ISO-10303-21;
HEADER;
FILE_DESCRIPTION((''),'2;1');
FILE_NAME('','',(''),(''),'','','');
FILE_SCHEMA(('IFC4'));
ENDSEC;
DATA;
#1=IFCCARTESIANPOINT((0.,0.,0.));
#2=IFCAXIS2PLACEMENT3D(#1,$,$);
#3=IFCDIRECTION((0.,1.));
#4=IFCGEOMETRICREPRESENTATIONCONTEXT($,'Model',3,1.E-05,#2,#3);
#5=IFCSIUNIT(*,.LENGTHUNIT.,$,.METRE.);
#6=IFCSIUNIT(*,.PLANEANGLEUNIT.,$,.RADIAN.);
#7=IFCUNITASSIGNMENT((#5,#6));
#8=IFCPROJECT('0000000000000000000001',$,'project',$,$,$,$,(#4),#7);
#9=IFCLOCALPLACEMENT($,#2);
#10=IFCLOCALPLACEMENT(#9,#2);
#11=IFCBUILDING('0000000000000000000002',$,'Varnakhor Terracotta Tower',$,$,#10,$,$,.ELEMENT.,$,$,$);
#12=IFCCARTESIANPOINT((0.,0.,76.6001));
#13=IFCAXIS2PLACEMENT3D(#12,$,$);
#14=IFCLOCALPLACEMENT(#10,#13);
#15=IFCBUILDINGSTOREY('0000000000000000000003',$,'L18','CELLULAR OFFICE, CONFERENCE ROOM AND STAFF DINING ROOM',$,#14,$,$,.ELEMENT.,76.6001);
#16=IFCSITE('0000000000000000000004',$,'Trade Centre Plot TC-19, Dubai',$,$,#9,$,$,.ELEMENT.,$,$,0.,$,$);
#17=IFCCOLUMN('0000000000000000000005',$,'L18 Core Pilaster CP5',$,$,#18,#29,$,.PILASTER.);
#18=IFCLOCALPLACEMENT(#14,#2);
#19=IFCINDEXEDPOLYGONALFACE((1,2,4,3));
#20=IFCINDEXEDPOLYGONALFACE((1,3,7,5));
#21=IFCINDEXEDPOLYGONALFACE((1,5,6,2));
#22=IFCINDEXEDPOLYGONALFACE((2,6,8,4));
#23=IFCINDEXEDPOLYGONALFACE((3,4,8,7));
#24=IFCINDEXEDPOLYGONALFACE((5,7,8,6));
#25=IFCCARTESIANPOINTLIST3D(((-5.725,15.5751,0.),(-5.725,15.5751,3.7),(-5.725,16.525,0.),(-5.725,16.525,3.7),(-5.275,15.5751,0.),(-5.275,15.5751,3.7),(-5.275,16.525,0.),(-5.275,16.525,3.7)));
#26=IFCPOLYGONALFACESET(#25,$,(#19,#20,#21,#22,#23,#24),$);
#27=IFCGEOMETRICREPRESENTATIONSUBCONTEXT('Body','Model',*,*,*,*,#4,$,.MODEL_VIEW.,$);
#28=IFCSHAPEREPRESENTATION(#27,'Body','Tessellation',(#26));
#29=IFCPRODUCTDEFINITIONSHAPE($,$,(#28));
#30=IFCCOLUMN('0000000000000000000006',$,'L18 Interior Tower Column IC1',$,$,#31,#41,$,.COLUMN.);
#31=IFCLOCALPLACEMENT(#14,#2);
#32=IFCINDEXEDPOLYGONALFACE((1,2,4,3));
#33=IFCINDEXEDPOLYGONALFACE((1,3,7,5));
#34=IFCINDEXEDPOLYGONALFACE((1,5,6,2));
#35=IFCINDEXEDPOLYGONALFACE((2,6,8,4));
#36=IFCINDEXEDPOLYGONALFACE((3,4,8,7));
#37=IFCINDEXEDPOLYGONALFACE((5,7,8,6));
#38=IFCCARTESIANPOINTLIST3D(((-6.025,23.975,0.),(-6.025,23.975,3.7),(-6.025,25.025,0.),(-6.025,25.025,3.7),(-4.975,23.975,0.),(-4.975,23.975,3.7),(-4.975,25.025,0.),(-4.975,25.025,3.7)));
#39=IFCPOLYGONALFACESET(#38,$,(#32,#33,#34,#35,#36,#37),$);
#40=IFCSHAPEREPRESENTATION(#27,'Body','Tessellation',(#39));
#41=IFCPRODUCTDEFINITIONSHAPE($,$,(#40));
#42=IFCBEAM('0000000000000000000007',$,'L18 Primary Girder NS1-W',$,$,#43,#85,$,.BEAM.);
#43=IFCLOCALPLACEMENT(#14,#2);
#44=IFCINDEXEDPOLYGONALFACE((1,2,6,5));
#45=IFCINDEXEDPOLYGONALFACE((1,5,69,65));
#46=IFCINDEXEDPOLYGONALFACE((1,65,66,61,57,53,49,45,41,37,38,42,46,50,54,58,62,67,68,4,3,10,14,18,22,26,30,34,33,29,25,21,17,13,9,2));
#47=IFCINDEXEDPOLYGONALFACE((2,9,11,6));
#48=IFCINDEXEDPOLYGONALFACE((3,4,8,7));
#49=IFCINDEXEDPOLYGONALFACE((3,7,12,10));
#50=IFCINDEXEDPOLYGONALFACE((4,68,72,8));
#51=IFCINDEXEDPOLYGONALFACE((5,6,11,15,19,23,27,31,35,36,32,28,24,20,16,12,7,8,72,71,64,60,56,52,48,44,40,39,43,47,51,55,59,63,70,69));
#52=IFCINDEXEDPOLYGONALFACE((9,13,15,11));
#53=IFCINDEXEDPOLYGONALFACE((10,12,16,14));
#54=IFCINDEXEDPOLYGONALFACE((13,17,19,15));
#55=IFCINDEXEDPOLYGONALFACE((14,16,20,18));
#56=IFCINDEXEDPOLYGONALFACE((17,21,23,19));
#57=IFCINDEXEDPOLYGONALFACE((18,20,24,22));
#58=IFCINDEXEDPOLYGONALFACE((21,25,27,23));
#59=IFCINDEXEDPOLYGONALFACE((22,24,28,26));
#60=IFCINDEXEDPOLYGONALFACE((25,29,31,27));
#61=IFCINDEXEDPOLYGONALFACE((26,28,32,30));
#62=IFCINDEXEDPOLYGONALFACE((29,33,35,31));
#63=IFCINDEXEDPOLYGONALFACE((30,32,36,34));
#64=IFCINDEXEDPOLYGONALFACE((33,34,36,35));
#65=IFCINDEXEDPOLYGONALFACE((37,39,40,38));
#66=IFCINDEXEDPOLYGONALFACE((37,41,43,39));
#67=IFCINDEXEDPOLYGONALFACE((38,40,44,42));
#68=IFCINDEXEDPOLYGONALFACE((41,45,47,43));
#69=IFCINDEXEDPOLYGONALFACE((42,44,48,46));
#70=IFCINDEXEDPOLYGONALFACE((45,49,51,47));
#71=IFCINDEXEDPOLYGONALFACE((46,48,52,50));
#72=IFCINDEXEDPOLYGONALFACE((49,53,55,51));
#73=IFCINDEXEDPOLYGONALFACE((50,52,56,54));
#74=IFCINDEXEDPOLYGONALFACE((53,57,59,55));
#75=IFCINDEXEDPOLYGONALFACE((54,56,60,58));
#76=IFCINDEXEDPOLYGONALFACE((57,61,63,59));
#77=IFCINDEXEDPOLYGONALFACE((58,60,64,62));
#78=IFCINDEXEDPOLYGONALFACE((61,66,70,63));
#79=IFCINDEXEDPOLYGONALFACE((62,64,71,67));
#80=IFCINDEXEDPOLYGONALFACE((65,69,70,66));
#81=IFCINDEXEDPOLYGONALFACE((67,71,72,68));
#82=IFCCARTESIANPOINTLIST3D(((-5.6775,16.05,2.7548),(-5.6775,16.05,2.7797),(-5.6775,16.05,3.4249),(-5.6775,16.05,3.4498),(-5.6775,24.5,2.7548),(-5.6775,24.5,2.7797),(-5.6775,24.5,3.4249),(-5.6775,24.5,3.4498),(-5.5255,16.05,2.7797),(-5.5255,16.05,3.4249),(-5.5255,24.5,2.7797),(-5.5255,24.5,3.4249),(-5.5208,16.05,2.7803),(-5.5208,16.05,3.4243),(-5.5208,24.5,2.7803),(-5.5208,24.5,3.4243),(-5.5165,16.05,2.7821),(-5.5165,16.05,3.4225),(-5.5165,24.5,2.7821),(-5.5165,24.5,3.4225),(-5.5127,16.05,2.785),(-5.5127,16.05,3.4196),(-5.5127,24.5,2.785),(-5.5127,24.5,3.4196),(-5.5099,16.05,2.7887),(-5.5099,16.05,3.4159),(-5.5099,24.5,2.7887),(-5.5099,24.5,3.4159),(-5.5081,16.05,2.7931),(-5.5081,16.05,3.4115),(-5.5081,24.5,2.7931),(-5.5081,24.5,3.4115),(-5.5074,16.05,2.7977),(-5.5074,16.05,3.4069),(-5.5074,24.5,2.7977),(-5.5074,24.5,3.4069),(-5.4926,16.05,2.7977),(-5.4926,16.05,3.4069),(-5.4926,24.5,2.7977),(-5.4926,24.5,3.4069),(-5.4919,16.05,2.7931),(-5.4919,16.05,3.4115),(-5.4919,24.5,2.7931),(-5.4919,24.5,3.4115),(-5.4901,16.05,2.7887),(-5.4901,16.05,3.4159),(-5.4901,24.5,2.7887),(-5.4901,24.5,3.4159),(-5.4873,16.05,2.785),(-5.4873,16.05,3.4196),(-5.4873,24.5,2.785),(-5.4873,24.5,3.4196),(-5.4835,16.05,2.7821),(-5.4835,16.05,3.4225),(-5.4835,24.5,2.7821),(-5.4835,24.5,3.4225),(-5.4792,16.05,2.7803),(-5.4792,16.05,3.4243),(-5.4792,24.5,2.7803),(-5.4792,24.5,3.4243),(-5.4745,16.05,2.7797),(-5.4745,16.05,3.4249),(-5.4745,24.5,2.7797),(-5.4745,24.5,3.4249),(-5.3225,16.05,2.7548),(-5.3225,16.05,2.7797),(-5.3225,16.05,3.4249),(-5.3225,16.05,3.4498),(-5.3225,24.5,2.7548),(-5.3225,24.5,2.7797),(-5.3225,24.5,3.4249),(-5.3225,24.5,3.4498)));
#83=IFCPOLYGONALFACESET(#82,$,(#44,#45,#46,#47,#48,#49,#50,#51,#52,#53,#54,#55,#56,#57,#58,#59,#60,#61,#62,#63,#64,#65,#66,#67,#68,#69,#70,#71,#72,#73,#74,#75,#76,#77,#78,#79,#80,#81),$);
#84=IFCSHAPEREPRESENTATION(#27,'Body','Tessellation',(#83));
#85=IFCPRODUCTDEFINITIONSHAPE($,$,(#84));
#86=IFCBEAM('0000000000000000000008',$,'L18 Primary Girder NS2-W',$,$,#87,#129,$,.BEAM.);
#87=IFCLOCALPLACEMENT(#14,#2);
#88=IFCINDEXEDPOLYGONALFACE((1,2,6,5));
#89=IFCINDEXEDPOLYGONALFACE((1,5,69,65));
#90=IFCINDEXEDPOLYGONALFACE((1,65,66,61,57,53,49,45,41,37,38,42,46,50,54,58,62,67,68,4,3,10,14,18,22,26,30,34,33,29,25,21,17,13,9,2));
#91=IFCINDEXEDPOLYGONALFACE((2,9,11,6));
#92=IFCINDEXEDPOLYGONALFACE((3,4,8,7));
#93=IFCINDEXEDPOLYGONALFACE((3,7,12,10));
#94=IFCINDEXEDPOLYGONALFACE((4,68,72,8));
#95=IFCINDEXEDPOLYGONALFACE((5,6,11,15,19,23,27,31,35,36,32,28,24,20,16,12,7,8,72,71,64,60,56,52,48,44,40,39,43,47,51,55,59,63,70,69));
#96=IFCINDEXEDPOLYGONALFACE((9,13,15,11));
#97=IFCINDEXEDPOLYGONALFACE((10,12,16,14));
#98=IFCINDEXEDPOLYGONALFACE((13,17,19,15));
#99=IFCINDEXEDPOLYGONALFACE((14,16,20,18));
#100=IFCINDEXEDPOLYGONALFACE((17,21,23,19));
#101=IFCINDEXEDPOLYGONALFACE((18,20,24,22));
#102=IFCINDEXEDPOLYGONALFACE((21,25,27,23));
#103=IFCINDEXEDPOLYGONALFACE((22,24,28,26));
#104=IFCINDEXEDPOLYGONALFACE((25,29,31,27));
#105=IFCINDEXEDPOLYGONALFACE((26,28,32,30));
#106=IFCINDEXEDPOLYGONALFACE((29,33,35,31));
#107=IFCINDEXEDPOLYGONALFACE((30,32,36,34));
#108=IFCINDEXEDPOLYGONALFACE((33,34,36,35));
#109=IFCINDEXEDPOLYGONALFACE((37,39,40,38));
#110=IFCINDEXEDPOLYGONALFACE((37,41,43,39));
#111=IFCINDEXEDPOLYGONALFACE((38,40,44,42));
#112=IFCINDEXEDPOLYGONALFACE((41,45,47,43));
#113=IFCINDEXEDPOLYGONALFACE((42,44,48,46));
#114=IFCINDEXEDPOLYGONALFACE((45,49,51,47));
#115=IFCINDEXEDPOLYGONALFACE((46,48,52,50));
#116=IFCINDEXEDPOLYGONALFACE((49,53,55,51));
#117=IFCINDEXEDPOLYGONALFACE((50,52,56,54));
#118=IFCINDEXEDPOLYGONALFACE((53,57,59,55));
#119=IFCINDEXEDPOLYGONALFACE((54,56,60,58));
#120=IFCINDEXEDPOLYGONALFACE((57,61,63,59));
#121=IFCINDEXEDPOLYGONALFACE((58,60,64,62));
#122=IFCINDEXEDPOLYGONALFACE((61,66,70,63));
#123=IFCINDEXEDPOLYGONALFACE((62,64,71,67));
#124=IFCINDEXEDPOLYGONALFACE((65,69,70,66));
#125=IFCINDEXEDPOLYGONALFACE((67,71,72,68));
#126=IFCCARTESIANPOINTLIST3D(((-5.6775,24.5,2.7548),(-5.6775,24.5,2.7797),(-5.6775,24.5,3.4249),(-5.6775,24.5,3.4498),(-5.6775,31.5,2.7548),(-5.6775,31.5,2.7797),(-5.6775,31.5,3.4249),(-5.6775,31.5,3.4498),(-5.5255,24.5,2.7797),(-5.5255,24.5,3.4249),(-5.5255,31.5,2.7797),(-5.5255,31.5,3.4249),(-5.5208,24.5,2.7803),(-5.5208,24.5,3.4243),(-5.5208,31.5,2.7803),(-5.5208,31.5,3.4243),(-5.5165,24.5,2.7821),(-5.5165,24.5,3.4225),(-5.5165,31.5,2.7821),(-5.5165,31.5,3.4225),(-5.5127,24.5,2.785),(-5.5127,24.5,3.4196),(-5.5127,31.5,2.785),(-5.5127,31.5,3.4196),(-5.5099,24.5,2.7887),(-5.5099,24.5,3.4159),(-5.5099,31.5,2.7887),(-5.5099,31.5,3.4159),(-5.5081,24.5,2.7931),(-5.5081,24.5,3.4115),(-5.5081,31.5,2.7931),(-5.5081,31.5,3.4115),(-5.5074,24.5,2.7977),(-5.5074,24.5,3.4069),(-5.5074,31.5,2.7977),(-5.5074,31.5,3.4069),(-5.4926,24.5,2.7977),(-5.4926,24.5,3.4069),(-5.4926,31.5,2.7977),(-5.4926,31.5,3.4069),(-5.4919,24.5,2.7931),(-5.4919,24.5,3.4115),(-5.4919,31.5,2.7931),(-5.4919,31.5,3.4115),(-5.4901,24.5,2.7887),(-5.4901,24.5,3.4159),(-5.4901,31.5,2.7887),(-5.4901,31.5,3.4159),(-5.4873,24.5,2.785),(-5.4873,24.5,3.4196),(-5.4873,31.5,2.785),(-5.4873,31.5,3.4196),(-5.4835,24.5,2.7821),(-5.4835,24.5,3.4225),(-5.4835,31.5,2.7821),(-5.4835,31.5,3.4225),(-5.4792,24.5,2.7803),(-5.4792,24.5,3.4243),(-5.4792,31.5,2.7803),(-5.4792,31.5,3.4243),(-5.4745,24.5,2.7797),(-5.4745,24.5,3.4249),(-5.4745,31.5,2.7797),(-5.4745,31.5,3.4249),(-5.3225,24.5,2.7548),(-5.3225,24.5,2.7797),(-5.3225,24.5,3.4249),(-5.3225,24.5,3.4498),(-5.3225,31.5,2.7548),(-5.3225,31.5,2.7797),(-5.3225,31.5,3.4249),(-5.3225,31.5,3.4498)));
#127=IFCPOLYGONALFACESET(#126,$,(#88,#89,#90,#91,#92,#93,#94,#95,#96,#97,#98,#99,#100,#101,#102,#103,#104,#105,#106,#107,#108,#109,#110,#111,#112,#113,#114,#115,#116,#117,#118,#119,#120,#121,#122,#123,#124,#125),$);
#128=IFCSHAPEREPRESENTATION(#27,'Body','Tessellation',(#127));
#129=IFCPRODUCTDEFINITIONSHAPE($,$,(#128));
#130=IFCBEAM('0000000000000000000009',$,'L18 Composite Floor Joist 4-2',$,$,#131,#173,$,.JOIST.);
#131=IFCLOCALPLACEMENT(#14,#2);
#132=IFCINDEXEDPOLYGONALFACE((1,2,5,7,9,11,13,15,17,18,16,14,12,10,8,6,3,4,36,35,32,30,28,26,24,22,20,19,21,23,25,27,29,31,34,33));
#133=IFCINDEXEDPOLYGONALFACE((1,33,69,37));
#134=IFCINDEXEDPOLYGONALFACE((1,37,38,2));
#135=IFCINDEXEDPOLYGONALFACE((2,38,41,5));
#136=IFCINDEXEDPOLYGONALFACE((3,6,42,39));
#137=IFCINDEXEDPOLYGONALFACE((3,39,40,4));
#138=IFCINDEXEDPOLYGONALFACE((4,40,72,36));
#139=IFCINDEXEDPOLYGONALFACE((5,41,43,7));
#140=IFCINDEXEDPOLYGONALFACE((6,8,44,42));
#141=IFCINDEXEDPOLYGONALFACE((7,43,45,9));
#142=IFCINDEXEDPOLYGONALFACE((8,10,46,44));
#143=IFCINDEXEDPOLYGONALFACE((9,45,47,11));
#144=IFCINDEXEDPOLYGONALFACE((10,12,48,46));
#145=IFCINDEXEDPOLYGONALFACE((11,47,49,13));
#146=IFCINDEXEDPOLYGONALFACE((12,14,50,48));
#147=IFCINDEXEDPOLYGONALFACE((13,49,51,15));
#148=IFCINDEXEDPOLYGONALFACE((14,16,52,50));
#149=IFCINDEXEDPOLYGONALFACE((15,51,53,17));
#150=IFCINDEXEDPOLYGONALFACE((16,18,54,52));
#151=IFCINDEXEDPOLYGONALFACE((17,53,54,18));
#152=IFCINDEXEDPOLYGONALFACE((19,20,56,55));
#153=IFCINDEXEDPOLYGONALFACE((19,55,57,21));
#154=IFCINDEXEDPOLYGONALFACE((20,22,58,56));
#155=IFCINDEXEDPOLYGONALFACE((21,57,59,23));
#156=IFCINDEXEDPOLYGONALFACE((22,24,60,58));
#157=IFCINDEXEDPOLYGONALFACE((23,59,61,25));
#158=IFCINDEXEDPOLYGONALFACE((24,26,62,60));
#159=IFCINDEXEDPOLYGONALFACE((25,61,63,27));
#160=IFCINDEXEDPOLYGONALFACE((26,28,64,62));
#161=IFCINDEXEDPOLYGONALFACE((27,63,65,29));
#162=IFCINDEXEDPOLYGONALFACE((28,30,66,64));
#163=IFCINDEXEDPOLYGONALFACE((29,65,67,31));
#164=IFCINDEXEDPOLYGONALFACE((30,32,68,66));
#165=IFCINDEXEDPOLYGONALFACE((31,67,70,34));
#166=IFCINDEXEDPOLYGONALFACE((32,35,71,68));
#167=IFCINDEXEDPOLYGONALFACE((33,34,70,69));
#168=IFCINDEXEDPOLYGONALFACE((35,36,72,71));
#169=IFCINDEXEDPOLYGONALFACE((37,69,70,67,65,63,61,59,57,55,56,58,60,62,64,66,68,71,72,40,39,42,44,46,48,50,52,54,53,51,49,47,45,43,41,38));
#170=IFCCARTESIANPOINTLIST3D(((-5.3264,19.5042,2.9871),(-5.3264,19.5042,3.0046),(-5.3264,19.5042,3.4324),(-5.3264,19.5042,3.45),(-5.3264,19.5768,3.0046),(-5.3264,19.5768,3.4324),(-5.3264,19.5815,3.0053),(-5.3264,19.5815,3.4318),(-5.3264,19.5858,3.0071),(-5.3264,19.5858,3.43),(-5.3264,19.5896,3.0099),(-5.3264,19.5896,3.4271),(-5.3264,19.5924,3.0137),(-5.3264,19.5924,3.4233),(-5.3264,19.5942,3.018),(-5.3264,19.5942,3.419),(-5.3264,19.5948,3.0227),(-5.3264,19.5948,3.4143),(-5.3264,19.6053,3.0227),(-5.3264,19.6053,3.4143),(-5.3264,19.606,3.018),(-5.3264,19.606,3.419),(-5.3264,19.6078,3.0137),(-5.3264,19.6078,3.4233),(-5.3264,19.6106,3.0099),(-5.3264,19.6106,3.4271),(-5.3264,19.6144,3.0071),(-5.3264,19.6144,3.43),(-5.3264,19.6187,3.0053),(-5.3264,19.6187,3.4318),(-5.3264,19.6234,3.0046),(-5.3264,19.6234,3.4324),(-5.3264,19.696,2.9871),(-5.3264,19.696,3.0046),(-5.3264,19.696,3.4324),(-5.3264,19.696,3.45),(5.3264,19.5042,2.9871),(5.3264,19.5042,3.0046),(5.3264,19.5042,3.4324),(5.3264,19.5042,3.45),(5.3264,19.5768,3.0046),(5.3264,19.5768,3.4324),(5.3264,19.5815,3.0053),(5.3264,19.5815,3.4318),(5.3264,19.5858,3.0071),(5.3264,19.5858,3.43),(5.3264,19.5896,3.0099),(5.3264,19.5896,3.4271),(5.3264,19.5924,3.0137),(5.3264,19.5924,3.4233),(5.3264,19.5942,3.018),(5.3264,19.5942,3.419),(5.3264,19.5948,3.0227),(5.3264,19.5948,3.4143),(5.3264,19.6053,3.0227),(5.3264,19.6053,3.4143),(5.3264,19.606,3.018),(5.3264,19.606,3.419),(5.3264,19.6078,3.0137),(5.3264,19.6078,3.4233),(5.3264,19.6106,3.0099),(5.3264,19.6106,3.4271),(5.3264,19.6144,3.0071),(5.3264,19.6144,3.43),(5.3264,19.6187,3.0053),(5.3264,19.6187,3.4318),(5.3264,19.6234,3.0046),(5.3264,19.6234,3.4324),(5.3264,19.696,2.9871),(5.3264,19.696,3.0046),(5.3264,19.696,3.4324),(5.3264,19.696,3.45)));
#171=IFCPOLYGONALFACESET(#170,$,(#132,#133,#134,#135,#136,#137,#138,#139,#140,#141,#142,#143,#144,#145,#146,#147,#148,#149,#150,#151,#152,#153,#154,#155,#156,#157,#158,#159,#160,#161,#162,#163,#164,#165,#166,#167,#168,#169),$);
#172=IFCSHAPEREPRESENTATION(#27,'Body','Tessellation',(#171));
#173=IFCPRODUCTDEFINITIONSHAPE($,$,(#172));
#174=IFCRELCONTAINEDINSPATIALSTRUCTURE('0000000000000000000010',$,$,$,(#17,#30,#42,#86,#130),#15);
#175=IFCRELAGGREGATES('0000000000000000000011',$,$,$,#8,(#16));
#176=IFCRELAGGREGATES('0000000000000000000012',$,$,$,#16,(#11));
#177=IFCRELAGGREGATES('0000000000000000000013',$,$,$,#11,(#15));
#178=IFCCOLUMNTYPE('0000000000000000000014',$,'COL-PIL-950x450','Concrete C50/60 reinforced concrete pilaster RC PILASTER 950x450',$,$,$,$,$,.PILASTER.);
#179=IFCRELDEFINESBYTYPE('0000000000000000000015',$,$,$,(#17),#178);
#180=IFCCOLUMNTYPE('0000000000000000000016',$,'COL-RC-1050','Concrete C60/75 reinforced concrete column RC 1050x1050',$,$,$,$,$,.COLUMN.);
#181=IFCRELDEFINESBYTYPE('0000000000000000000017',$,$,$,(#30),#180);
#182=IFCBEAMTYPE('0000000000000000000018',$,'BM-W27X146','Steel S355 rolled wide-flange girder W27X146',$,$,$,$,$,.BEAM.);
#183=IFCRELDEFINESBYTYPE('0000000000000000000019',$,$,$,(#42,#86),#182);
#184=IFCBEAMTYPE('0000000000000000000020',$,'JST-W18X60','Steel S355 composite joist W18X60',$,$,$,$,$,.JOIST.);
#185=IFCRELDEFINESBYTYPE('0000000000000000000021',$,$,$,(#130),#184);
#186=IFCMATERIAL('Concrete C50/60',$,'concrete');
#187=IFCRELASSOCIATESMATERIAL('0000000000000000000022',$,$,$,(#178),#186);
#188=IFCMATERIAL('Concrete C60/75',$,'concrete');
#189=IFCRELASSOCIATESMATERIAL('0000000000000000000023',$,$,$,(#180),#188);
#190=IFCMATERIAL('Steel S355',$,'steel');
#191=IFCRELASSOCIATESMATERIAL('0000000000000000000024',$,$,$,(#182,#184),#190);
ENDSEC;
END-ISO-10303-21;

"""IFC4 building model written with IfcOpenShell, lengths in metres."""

from ifc_helpers import new_model, si_unit, direction, frame, origin, origin_2d, place, context, subcontext, project, spatial, rectangle, i_section, extrude, source, transform, mapped, material, material_profile, profile_set, type_object, type_shapes, element, save


model = new_model("IFC4")

# Units and contexts
model_context = context("Model", 3, precision=1e-05, world=origin(), true_north=direction((0.0, 1.0)))
body_context = subcontext(model_context, "Body", "Model", "MODEL_VIEW")
ifc_project = project(units=[si_unit("LENGTHUNIT", "METRE"), si_unit("PLANEANGLEUNIT", "RADIAN")], contexts=[model_context])

# Site, building, storey
site_placement = place(None, origin())
site = spatial("IfcSite", under=ifc_project, at=site_placement, Name="Trade Centre Plot TC-19, Dubai", CompositionType="ELEMENT", RefElevation=0.0)
building_placement = place(site_placement, origin())
building = spatial("IfcBuilding", under=site, at=building_placement, Name="Varnakhor Terracotta Tower", CompositionType="ELEMENT")
storey_placement = place(building_placement, frame((0.0, 0.0, 76.6001)))
storey = spatial("IfcBuildingStorey", under=building, at=storey_placement, Name="L18", Description="CELLULAR OFFICE, CONFERENCE ROOM AND STAFF DINING ROOM", CompositionType="ELEMENT", Elevation=76.6001)

# Columns
ifc_material_1 = material(Name="Concrete C50/60", Category="concrete")
ifc_material_profile_1 = material_profile(ifc_material_1, rectangle(XDim=0.45, YDim=0.95, at=origin_2d()), Name="RC PILASTER 950x450")
ifc_profile_set_1 = profile_set([ifc_material_profile_1], Name="Concrete C50/60")
column_type_1 = type_object("IfcColumnType", Name="COL-PIL-950x450", Description="Concrete C50/60 reinforced concrete pilaster RC PILASTER 950x450", PredefinedType="PILASTER", material=ifc_profile_set_1)
shared_shape_1 = source(origin(), body_context, "Body", "SweptSolid", [
    extrude(rectangle(XDim=0.45, YDim=0.95, at=origin_2d()), origin(), (0.0, 0.0, 1.0), 3.7),
])
column_1_placement = place(storey_placement, frame((-5.5, 16.05, 0.0), z_axis=(0.0, 0.0, 1.0), x_axis=(1.0, 0.0, 0.0)))
element("IfcColumn", 1, at=column_1_placement, inside=storey, type_object=column_type_1, Name="L18 Core Pilaster CP5", PredefinedType="PILASTER", context=body_context, shape_type="MappedRepresentation", body=[
    mapped(shared_shape_1, transform((0.0, 0.0, 0.0), scale=1.0)),
])
ifc_material_2 = material(Name="Concrete C60/75", Category="concrete")
ifc_material_profile_2 = material_profile(ifc_material_2, rectangle(XDim=1.05, YDim=1.05, at=origin_2d()), Name="RC 1050x1050")
ifc_profile_set_2 = profile_set([ifc_material_profile_2], Name="Concrete C60/75")
column_type_2 = type_object("IfcColumnType", Name="COL-RC-1050", Description="Concrete C60/75 reinforced concrete column RC 1050x1050", PredefinedType="COLUMN", material=ifc_profile_set_2)
shared_shape_2 = source(origin(), body_context, "Body", "SweptSolid", [
    extrude(rectangle(XDim=1.05, YDim=1.05, at=origin_2d()), origin(), (0.0, 0.0, 1.0), 3.7),
])
column_2_placement = place(storey_placement, frame((-5.5, 24.5, 0.0), z_axis=(0.0, 0.0, 1.0), x_axis=(1.0, 0.0, 0.0)))
element("IfcColumn", 2, at=column_2_placement, inside=storey, type_object=column_type_2, Name="L18 Interior Tower Column IC1", PredefinedType="COLUMN", context=body_context, shape_type="MappedRepresentation", body=[
    mapped(shared_shape_2, transform((0.0, 0.0, 0.0), scale=1.0)),
])

# Beams
ifc_material_3 = material(Name="Steel S355", Category="steel")
ifc_material_profile_3 = material_profile(ifc_material_3, i_section(OverallWidth=0.355, OverallDepth=0.6951, WebThickness=0.0149, FlangeThickness=0.0249, FilletRadius=0.0181, at=origin_2d()), Name="W27X146")
ifc_profile_set_3 = profile_set([ifc_material_profile_3], Name="Steel S355")
beam_type_1 = type_object("IfcBeamType", Name="BM-W27X146", Description="Steel S355 rolled wide-flange girder W27X146", PredefinedType="BEAM", material=ifc_profile_set_3)
shared_shape_3 = source(origin(), body_context, "Body", "SweptSolid", [
    extrude(i_section(OverallWidth=0.355, OverallDepth=0.6951, WebThickness=0.0149, FlangeThickness=0.0249, FilletRadius=0.0181, at=origin_2d()), origin(), (0.0, 0.0, 1.0), 8.45),
])
type_shapes(beam_type_1, [shared_shape_3])
beam_1_placement = place(storey_placement, frame((-5.5, 16.05, 3.1023), z_axis=(0.0, 1.0, 0.0), x_axis=(-1.0, 0.0, 0.0)))
element("IfcBeam", 3, at=beam_1_placement, inside=storey, type_object=beam_type_1, Name="L18 Primary Girder NS1-W", PredefinedType="BEAM", context=body_context, shape_type="MappedRepresentation", body=[
    mapped(shared_shape_3, transform((0.0, 0.0, 0.0), scale=1.0)),
])
shared_shape_4 = source(origin(), body_context, "Body", "SweptSolid", [
    extrude(i_section(OverallWidth=0.355, OverallDepth=0.6951, WebThickness=0.0149, FlangeThickness=0.0249, FilletRadius=0.0181, at=origin_2d()), origin(), (0.0, 0.0, 1.0), 7.0),
])
beam_2_placement = place(storey_placement, frame((-5.5, 24.5, 3.1023), z_axis=(0.0, 1.0, 0.0), x_axis=(-1.0, 0.0, 0.0)))
element("IfcBeam", 4, at=beam_2_placement, inside=storey, type_object=beam_type_1, Name="L18 Primary Girder NS2-W", PredefinedType="BEAM", context=body_context, shape_type="MappedRepresentation", body=[
    mapped(shared_shape_4, transform((0.0, 0.0, 0.0), scale=1.0)),
])
ifc_material_profile_4 = material_profile(ifc_material_3, i_section(OverallWidth=0.1919, OverallDepth=0.4629, WebThickness=0.0105, FlangeThickness=0.0176, FilletRadius=0.0181, at=origin_2d()), Name="W18X60")
ifc_profile_set_4 = profile_set([ifc_material_profile_4], Name="Steel S355")
beam_type_2 = type_object("IfcBeamType", Name="JST-W18X60", Description="Steel S355 composite joist W18X60", PredefinedType="JOIST", material=ifc_profile_set_4)
shared_shape_5 = source(origin(), body_context, "Body", "SweptSolid", [
    extrude(i_section(OverallWidth=0.1919, OverallDepth=0.4629, WebThickness=0.0105, FlangeThickness=0.0176, FilletRadius=0.0181, at=origin_2d()), origin(), (0.0, 0.0, 1.0), 10.6528),
])
for number, where, z_axis, x_axis, name in (
    (5, (-5.3264, 19.6001, 3.2185), (1.0, 0.0, 0.0), (0.0, 1.0, 0.0), "L18 Composite Floor Joist 4-2"),
):
    element("IfcBeam", number, at=place(storey_placement, frame(where, z_axis=z_axis, x_axis=x_axis)), inside=storey, type_object=beam_type_2, Name=name, PredefinedType="JOIST", context=body_context, shape_type="MappedRepresentation", body=[
        mapped(shared_shape_5, transform((0.0, 0.0, 0.0), scale=1.0)),
    ])

save(model, "model.ifc")
